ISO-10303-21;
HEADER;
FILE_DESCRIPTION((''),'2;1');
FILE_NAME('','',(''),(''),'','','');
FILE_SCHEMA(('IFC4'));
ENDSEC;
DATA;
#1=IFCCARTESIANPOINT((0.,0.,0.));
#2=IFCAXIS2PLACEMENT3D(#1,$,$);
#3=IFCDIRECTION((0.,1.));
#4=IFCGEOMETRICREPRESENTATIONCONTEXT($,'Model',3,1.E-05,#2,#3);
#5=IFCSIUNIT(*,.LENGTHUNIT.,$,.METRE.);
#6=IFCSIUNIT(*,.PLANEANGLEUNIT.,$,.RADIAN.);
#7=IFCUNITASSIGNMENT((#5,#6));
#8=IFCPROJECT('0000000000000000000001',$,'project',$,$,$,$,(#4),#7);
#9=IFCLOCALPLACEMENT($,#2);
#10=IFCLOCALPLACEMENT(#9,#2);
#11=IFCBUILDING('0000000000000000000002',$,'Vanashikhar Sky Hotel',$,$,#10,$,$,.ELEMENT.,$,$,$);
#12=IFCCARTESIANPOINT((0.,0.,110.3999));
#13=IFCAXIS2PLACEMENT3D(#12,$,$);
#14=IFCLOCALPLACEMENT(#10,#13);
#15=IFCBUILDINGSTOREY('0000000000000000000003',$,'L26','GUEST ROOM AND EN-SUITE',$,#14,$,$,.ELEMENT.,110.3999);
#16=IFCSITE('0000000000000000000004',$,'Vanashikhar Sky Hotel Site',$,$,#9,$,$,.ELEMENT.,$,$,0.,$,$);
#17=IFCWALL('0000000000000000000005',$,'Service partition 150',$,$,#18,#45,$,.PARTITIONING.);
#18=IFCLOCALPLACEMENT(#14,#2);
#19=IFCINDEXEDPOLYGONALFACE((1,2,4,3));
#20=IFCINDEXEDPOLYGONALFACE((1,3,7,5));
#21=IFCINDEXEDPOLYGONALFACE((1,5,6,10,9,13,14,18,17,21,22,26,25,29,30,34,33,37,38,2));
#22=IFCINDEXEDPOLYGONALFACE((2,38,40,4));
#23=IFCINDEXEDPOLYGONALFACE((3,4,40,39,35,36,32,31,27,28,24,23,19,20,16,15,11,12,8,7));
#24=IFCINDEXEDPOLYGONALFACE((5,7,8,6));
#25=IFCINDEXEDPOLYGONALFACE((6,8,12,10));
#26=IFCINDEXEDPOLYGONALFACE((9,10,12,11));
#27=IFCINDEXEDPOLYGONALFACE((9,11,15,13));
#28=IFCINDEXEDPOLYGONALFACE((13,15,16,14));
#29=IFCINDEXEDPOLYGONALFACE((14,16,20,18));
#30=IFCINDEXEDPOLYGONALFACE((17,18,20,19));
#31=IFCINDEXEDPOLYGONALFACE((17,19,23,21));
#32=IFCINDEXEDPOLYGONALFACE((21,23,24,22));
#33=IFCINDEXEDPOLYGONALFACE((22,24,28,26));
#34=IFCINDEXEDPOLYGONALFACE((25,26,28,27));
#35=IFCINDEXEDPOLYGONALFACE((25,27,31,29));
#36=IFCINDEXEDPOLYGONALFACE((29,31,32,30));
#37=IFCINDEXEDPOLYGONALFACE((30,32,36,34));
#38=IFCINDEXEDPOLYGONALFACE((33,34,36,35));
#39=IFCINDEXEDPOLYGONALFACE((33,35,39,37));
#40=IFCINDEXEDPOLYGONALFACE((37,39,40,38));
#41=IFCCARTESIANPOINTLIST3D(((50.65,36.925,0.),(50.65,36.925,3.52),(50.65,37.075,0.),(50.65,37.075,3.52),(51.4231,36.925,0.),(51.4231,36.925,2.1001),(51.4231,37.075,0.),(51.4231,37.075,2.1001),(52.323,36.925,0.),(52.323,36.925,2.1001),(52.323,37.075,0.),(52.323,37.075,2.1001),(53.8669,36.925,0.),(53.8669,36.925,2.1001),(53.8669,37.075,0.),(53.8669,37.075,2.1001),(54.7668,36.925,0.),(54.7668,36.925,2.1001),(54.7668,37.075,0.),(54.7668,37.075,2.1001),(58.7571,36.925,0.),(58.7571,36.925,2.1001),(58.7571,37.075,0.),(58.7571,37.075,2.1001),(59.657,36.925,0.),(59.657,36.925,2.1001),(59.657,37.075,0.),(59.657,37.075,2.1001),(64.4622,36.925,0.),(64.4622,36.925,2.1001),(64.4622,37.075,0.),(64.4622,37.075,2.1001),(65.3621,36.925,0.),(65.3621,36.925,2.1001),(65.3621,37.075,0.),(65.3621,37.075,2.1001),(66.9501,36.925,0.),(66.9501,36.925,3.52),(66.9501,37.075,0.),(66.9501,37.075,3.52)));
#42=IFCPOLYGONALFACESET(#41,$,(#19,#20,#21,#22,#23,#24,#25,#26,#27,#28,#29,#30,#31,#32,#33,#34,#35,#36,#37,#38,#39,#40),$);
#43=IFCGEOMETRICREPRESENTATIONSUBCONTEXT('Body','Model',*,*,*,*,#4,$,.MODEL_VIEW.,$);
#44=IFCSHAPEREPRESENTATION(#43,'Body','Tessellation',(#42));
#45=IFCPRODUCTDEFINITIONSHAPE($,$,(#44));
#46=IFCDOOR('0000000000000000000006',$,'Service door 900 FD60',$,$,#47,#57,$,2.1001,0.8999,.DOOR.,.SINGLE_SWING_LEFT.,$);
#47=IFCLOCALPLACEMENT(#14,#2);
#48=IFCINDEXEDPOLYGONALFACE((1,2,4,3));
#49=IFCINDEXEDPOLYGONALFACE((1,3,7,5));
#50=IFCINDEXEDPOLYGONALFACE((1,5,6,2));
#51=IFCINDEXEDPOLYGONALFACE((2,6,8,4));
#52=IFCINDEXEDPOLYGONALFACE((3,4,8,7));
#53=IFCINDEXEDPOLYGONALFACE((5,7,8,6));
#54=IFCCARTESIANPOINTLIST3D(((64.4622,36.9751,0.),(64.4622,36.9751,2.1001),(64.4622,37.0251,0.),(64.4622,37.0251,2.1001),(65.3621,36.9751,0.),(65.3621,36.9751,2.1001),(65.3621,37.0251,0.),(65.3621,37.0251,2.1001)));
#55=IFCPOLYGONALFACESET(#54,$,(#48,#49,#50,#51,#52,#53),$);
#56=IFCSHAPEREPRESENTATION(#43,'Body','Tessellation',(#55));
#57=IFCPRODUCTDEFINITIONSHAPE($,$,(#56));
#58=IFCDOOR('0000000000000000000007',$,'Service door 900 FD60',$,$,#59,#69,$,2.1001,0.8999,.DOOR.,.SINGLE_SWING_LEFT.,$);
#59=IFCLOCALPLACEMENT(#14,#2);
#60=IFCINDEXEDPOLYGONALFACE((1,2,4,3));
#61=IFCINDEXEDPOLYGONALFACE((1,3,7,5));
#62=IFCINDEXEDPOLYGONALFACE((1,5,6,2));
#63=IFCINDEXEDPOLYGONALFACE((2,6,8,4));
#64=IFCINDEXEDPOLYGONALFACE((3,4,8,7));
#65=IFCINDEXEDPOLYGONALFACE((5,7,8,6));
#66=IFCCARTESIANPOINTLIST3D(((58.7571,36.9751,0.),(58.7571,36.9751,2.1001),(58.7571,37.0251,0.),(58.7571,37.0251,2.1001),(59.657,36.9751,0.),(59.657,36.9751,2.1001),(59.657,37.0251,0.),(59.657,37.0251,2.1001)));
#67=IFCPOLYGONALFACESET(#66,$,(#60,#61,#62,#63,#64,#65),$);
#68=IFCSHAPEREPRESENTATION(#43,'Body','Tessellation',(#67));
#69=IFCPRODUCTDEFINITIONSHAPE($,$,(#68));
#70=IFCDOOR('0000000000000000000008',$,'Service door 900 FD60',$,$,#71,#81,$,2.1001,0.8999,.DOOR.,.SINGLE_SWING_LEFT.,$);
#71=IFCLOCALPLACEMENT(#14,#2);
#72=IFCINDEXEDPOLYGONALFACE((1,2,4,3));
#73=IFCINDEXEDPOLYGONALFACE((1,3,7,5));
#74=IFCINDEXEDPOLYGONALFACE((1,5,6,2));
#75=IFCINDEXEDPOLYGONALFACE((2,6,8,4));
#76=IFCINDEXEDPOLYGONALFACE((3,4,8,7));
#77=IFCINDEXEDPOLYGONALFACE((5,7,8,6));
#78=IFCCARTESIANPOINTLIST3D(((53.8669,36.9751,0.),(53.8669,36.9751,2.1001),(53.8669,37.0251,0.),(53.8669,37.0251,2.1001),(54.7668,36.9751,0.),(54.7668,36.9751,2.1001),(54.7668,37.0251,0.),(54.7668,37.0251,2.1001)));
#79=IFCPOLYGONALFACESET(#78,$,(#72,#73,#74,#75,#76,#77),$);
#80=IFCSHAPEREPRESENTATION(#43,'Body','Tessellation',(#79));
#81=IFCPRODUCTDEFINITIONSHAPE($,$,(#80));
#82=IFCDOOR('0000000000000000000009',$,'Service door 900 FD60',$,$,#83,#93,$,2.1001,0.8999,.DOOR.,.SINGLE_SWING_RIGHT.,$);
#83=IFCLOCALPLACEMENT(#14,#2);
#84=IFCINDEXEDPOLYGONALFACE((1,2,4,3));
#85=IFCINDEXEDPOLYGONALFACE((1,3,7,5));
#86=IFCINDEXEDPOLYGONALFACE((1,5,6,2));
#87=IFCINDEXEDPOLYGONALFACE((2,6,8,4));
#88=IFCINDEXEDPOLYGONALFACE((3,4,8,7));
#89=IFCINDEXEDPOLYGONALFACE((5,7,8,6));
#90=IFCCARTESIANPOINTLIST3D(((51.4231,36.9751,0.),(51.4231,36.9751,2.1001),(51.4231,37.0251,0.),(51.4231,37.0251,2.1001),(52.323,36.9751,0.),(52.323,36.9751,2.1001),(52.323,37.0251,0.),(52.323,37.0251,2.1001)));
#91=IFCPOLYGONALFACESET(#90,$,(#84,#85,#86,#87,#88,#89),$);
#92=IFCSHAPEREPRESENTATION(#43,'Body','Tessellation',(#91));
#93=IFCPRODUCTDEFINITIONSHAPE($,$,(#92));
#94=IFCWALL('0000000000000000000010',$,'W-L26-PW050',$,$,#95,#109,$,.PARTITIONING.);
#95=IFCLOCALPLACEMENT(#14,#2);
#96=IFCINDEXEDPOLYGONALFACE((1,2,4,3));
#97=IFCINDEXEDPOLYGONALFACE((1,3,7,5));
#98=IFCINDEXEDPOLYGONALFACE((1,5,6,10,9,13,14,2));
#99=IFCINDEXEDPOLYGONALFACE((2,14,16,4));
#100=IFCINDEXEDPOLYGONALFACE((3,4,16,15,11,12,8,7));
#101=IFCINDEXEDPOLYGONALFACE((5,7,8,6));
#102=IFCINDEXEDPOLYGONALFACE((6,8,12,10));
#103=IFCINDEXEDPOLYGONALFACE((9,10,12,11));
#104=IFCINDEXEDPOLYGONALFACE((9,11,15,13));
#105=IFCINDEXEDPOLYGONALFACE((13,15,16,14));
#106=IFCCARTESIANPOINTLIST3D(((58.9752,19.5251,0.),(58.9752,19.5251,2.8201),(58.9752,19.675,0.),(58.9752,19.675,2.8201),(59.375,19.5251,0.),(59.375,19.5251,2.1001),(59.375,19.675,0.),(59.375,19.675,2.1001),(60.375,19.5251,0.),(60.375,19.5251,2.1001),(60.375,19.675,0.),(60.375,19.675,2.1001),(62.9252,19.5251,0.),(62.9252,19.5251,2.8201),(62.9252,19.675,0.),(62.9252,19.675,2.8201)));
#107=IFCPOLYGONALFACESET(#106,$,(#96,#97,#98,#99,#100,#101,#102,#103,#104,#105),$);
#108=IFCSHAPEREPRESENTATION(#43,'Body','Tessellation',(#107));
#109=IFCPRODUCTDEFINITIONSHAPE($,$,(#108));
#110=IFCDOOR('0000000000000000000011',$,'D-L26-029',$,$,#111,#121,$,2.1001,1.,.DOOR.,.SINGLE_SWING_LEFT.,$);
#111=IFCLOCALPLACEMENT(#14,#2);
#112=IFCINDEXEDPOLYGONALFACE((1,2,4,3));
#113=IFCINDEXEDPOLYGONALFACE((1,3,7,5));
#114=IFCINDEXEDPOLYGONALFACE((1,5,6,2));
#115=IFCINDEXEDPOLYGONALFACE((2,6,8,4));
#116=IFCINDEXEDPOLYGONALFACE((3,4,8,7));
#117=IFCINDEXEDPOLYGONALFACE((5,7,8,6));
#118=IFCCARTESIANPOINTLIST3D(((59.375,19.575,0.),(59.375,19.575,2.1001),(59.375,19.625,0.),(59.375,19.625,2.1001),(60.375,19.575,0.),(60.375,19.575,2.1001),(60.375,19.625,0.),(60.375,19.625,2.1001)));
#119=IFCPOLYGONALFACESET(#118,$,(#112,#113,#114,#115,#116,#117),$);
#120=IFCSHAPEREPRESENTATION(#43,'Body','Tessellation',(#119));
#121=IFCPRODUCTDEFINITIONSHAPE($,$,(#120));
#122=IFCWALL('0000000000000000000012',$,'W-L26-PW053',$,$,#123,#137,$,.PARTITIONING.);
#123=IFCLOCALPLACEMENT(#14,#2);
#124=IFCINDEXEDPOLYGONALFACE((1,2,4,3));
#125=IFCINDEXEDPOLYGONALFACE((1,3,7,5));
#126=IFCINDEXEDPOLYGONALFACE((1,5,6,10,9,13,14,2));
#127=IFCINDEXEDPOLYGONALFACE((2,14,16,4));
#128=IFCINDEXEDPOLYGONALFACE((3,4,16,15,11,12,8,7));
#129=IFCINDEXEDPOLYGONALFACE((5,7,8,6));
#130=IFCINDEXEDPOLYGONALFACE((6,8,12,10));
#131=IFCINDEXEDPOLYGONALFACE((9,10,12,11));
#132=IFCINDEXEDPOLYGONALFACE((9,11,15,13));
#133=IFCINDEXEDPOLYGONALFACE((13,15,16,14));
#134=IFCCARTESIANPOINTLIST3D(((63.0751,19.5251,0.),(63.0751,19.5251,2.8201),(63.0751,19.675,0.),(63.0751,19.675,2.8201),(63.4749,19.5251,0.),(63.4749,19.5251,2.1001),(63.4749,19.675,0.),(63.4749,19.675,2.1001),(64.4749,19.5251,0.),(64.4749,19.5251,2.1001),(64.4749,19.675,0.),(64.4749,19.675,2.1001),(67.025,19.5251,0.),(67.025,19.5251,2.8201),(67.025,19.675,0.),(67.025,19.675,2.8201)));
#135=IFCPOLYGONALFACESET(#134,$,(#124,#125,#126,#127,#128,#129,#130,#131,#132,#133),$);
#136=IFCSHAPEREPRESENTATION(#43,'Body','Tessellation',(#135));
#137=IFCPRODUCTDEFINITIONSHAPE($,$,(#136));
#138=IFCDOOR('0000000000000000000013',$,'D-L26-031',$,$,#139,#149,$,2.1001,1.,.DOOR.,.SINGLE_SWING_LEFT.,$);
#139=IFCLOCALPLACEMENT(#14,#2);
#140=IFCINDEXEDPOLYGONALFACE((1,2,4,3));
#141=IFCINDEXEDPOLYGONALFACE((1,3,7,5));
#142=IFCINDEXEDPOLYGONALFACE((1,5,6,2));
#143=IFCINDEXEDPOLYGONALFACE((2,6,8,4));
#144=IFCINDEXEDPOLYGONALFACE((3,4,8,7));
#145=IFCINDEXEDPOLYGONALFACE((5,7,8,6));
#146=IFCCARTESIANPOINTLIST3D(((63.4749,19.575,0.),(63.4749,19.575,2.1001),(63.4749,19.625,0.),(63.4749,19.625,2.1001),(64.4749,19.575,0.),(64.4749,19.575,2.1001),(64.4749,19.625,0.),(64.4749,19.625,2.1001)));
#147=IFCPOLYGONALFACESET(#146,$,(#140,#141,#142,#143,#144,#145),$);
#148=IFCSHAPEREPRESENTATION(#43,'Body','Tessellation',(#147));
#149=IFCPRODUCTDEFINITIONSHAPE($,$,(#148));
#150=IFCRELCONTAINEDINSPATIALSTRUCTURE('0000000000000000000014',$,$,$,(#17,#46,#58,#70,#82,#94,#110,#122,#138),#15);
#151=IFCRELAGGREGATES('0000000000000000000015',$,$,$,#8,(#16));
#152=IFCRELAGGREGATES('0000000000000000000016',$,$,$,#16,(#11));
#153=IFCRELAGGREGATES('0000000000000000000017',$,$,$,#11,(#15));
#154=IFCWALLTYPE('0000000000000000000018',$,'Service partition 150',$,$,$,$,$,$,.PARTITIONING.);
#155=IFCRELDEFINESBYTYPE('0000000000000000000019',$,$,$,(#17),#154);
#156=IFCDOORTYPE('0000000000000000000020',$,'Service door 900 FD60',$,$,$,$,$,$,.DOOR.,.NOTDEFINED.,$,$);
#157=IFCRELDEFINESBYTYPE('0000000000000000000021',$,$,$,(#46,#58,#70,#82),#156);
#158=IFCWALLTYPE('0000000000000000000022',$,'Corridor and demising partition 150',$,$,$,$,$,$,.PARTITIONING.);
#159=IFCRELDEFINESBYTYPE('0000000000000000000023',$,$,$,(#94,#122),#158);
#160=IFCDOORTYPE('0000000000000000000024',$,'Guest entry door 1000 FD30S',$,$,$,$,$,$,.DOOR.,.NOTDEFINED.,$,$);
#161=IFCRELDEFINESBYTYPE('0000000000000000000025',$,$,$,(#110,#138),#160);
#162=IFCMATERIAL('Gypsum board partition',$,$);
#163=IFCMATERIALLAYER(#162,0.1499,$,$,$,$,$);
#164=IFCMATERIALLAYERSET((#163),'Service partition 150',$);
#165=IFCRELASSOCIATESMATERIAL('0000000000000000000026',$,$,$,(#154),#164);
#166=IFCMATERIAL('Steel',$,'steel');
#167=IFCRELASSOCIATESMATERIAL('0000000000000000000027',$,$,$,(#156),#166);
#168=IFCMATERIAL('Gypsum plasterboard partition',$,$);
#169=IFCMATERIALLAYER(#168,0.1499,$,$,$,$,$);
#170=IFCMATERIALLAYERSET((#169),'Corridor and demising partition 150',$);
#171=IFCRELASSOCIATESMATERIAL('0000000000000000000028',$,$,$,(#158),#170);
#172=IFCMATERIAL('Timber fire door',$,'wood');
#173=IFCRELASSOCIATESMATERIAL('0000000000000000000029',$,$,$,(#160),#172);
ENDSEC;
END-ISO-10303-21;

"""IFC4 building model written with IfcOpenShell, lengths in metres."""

from ifc_helpers import new_model, si_unit, direction, frame, frame_2d, origin, place, context, subcontext, project, spatial, rectangle, extrude, source, transform, mapped, material, layer, layer_set, type_object, element, fill, save


model = new_model("IFC4")

# Units and contexts
model_context = context("Model", 3, precision=1e-05, world=origin(), true_north=direction((0.0, 1.0)))
body_context = subcontext(model_context, "Body", "Model", "MODEL_VIEW")
ifc_project = project(units=[si_unit("LENGTHUNIT", "METRE"), si_unit("PLANEANGLEUNIT", "RADIAN")], contexts=[model_context])

# Site, building, storey
site_placement = place(None, origin())
site = spatial("IfcSite", under=ifc_project, at=site_placement, Name="Vanashikhar Sky Hotel Site", CompositionType="ELEMENT", RefElevation=0.0)
building_placement = place(site_placement, origin())
building = spatial("IfcBuilding", under=site, at=building_placement, Name="Vanashikhar Sky Hotel", CompositionType="ELEMENT")
storey_placement = place(building_placement, frame((0.0, 0.0, 110.3999)))
storey = spatial("IfcBuildingStorey", under=building, at=storey_placement, Name="L26", Description="GUEST ROOM AND EN-SUITE", CompositionType="ELEMENT", Elevation=110.3999)

# Shared definitions
ifc_material_1 = material(Name="Gypsum board partition")
ifc_layer_1 = layer(ifc_material_1, 0.1499)
ifc_layer_set_1 = layer_set([ifc_layer_1], Name="Service partition 150")
wall_type_1 = type_object("IfcWallType", Name="Service partition 150", PredefinedType="PARTITIONING", material=ifc_layer_set_1)

# Shared definitions
shared_shape_1 = source(origin(), body_context, "Body", "SweptSolid", [
    extrude(rectangle(XDim=0.8999, YDim=2.1001, at=frame_2d((0.45, 1.05))), frame((0.0, 0.085, 0.0), z_axis=(0.0, -1.0, 0.0), x_axis=(1.0, 0.0, 0.0)), (0.0, 0.0, 1.0), 0.1699),
])
ifc_material_2 = material(Name="Steel", Category="steel")
door_type_1 = type_object("IfcDoorType", Name="Service door 900 FD60", OperationType="NOTDEFINED", PredefinedType="DOOR", material=ifc_material_2)
shared_shape_2 = source(origin(), body_context, "Body", "SweptSolid", [
    extrude(rectangle(XDim=0.8999, YDim=2.1001, at=frame_2d((0.45, 1.05))), frame((0.0, 0.0249, 0.0), z_axis=(0.0, -1.0, 0.0), x_axis=(1.0, 0.0, 0.0)), (0.0, 0.0, 1.0), 0.05),
])

# Wall, openings, doors
shared_shape_3 = source(origin(), body_context, "Body", "SweptSolid", [
    extrude(rectangle(XDim=16.3, YDim=0.1499, at=frame_2d((8.1499, 0.0))), origin(), (0.0, 0.0, 1.0), 3.52),
])
wall_1_placement = place(storey_placement, frame((66.95, 37.0, 0.0), z_axis=(0.0, 0.0, 1.0), x_axis=(-1.0, 0.0, 0.0)))
wall_1 = element("IfcWall", 1, at=wall_1_placement, inside=storey, type_object=wall_type_1, Name="Service partition 150", PredefinedType="PARTITIONING", context=body_context, shape_type="MappedRepresentation", body=[
    mapped(shared_shape_3, transform((0.0, 0.0, 0.0), scale=1.0)),
])
opening_1_placement = place(wall_1_placement, frame((1.5879, 0.0, 0.0)))
opening_1 = element("IfcOpeningElement", 2, at=opening_1_placement, cuts=wall_1, PredefinedType="OPENING", context=body_context, shape_type="MappedRepresentation", body=[
    mapped(shared_shape_1, transform((0.0, 0.0, 0.0), scale=1.0)),
])
opening_2_placement = place(wall_1_placement, frame((7.293, 0.0, 0.0)))
opening_2 = element("IfcOpeningElement", 3, at=opening_2_placement, cuts=wall_1, PredefinedType="OPENING", context=body_context, shape_type="MappedRepresentation", body=[
    mapped(shared_shape_1, transform((0.0, 0.0, 0.0), scale=1.0)),
])
opening_3_placement = place(wall_1_placement, frame((12.1831, 0.0, 0.0)))
opening_3 = element("IfcOpeningElement", 4, at=opening_3_placement, cuts=wall_1, PredefinedType="OPENING", context=body_context, shape_type="MappedRepresentation", body=[
    mapped(shared_shape_1, transform((0.0, 0.0, 0.0), scale=1.0)),
])
opening_4_placement = place(wall_1_placement, frame((14.627, 0.0, 0.0)))
opening_4 = element("IfcOpeningElement", 5, at=opening_4_placement, cuts=wall_1, PredefinedType="OPENING", context=body_context, shape_type="MappedRepresentation", body=[
    mapped(shared_shape_1, transform((0.0, 0.0, 0.0), scale=1.0)),
])
door_1_placement = place(opening_1_placement, origin())
door_1 = element("IfcDoor", 6, at=door_1_placement, inside=storey, type_object=door_type_1, Name="Service door 900 FD60", OperationType="SINGLE_SWING_LEFT", OverallHeight=2.1001, OverallWidth=0.8999, PredefinedType="DOOR", context=body_context, shape_type="MappedRepresentation", body=[
    mapped(shared_shape_2, transform((0.0, 0.0, 0.0), scale=1.0)),
])
fill(opening_1, door_1)
door_2_placement = place(opening_2_placement, origin())
door_2 = element("IfcDoor", 7, at=door_2_placement, inside=storey, type_object=door_type_1, Name="Service door 900 FD60", OperationType="SINGLE_SWING_LEFT", OverallHeight=2.1001, OverallWidth=0.8999, PredefinedType="DOOR", context=body_context, shape_type="MappedRepresentation", body=[
    mapped(shared_shape_2, transform((0.0, 0.0, 0.0), scale=1.0)),
])
fill(opening_2, door_2)
door_3_placement = place(opening_3_placement, origin())
door_3 = element("IfcDoor", 8, at=door_3_placement, inside=storey, type_object=door_type_1, Name="Service door 900 FD60", OperationType="SINGLE_SWING_LEFT", OverallHeight=2.1001, OverallWidth=0.8999, PredefinedType="DOOR", context=body_context, shape_type="MappedRepresentation", body=[
    mapped(shared_shape_2, transform((0.0, 0.0, 0.0), scale=1.0)),
])
fill(opening_3, door_3)
door_4_placement = place(opening_4_placement, origin())
door_4 = element("IfcDoor", 9, at=door_4_placement, inside=storey, type_object=door_type_1, Name="Service door 900 FD60", OperationType="SINGLE_SWING_RIGHT", OverallHeight=2.1001, OverallWidth=0.8999, PredefinedType="DOOR", context=body_context, shape_type="MappedRepresentation", body=[
    mapped(shared_shape_2, transform((0.0, 0.0, 0.0), scale=1.0)),
])
fill(opening_4, door_4)

# Walls, openings, doors
ifc_material_3 = material(Name="Gypsum plasterboard partition")
ifc_layer_2 = layer(ifc_material_3, 0.1499)
ifc_layer_set_2 = layer_set([ifc_layer_2], Name="Corridor and demising partition 150")
wall_type_2 = type_object("IfcWallType", Name="Corridor and demising partition 150", PredefinedType="PARTITIONING", material=ifc_layer_set_2)
shared_shape_4 = source(origin(), body_context, "Body", "SweptSolid", [
    extrude(rectangle(XDim=3.95, YDim=0.1499, at=frame_2d((1.9751, 0.0))), origin(), (0.0, 0.0, 1.0), 2.8201),
])
wall_2_placement = place(storey_placement, frame((58.9751, 19.6001, 0.0), z_axis=(0.0, 0.0, 1.0), x_axis=(1.0, 0.0, 0.0)))
wall_2 = element("IfcWall", 10, at=wall_2_placement, inside=storey, type_object=wall_type_2, Name="W-L26-PW050", PredefinedType="PARTITIONING", context=body_context, shape_type="MappedRepresentation", body=[
    mapped(shared_shape_4, transform((0.0, 0.0, 0.0), scale=1.0)),
])
shared_shape_5 = source(origin(), body_context, "Body", "SweptSolid", [
    extrude(rectangle(XDim=1.0, YDim=2.1001, at=frame_2d((0.5, 1.05))), frame((0.0, 0.085, 0.0), z_axis=(0.0, -1.0, 0.0), x_axis=(1.0, 0.0, 0.0)), (0.0, 0.0, 1.0), 0.1699),
])
opening_5_placement = place(wall_2_placement, frame((0.3999, 0.0, 0.0)))
opening_5 = element("IfcOpeningElement", 11, at=opening_5_placement, cuts=wall_2, PredefinedType="OPENING", context=body_context, shape_type="MappedRepresentation", body=[
    mapped(shared_shape_5, transform((0.0, 0.0, 0.0), scale=1.0)),
])
ifc_material_4 = material(Name="Timber fire door", Category="wood")
door_type_2 = type_object("IfcDoorType", Name="Guest entry door 1000 FD30S", OperationType="NOTDEFINED", PredefinedType="DOOR", material=ifc_material_4)
shared_shape_6 = source(origin(), body_context, "Body", "SweptSolid", [
    extrude(rectangle(XDim=1.0, YDim=2.1001, at=frame_2d((0.5, 1.05))), frame((0.0, 0.0249, 0.0), z_axis=(0.0, -1.0, 0.0), x_axis=(1.0, 0.0, 0.0)), (0.0, 0.0, 1.0), 0.05),
])
door_5_placement = place(opening_5_placement, origin())
door_5 = element("IfcDoor", 12, at=door_5_placement, inside=storey, type_object=door_type_2, Name="D-L26-029", OperationType="SINGLE_SWING_LEFT", OverallHeight=2.1001, OverallWidth=1.0, PredefinedType="DOOR", context=body_context, shape_type="MappedRepresentation", body=[
    mapped(shared_shape_6, transform((0.0, 0.0, 0.0), scale=1.0)),
])
fill(opening_5, door_5)
wall_3_placement = place(storey_placement, frame((63.075, 19.6001, 0.0), z_axis=(0.0, 0.0, 1.0), x_axis=(1.0, 0.0, 0.0)))
wall_3 = element("IfcWall", 13, at=wall_3_placement, inside=storey, type_object=wall_type_2, Name="W-L26-PW053", PredefinedType="PARTITIONING", context=body_context, shape_type="MappedRepresentation", body=[
    mapped(shared_shape_4, transform((0.0, 0.0, 0.0), scale=1.0)),
])
opening_6_placement = place(wall_3_placement, frame((0.3999, 0.0, 0.0)))
opening_6 = element("IfcOpeningElement", 14, at=opening_6_placement, cuts=wall_3, PredefinedType="OPENING", context=body_context, shape_type="MappedRepresentation", body=[
    mapped(shared_shape_5, transform((0.0, 0.0, 0.0), scale=1.0)),
])
door_6_placement = place(opening_6_placement, origin())
door_6 = element("IfcDoor", 15, at=door_6_placement, inside=storey, type_object=door_type_2, Name="D-L26-031", OperationType="SINGLE_SWING_LEFT", OverallHeight=2.1001, OverallWidth=1.0, PredefinedType="DOOR", context=body_context, shape_type="MappedRepresentation", body=[
    mapped(shared_shape_6, transform((0.0, 0.0, 0.0), scale=1.0)),
])
fill(opening_6, door_6)

save(model, "model.ifc")
